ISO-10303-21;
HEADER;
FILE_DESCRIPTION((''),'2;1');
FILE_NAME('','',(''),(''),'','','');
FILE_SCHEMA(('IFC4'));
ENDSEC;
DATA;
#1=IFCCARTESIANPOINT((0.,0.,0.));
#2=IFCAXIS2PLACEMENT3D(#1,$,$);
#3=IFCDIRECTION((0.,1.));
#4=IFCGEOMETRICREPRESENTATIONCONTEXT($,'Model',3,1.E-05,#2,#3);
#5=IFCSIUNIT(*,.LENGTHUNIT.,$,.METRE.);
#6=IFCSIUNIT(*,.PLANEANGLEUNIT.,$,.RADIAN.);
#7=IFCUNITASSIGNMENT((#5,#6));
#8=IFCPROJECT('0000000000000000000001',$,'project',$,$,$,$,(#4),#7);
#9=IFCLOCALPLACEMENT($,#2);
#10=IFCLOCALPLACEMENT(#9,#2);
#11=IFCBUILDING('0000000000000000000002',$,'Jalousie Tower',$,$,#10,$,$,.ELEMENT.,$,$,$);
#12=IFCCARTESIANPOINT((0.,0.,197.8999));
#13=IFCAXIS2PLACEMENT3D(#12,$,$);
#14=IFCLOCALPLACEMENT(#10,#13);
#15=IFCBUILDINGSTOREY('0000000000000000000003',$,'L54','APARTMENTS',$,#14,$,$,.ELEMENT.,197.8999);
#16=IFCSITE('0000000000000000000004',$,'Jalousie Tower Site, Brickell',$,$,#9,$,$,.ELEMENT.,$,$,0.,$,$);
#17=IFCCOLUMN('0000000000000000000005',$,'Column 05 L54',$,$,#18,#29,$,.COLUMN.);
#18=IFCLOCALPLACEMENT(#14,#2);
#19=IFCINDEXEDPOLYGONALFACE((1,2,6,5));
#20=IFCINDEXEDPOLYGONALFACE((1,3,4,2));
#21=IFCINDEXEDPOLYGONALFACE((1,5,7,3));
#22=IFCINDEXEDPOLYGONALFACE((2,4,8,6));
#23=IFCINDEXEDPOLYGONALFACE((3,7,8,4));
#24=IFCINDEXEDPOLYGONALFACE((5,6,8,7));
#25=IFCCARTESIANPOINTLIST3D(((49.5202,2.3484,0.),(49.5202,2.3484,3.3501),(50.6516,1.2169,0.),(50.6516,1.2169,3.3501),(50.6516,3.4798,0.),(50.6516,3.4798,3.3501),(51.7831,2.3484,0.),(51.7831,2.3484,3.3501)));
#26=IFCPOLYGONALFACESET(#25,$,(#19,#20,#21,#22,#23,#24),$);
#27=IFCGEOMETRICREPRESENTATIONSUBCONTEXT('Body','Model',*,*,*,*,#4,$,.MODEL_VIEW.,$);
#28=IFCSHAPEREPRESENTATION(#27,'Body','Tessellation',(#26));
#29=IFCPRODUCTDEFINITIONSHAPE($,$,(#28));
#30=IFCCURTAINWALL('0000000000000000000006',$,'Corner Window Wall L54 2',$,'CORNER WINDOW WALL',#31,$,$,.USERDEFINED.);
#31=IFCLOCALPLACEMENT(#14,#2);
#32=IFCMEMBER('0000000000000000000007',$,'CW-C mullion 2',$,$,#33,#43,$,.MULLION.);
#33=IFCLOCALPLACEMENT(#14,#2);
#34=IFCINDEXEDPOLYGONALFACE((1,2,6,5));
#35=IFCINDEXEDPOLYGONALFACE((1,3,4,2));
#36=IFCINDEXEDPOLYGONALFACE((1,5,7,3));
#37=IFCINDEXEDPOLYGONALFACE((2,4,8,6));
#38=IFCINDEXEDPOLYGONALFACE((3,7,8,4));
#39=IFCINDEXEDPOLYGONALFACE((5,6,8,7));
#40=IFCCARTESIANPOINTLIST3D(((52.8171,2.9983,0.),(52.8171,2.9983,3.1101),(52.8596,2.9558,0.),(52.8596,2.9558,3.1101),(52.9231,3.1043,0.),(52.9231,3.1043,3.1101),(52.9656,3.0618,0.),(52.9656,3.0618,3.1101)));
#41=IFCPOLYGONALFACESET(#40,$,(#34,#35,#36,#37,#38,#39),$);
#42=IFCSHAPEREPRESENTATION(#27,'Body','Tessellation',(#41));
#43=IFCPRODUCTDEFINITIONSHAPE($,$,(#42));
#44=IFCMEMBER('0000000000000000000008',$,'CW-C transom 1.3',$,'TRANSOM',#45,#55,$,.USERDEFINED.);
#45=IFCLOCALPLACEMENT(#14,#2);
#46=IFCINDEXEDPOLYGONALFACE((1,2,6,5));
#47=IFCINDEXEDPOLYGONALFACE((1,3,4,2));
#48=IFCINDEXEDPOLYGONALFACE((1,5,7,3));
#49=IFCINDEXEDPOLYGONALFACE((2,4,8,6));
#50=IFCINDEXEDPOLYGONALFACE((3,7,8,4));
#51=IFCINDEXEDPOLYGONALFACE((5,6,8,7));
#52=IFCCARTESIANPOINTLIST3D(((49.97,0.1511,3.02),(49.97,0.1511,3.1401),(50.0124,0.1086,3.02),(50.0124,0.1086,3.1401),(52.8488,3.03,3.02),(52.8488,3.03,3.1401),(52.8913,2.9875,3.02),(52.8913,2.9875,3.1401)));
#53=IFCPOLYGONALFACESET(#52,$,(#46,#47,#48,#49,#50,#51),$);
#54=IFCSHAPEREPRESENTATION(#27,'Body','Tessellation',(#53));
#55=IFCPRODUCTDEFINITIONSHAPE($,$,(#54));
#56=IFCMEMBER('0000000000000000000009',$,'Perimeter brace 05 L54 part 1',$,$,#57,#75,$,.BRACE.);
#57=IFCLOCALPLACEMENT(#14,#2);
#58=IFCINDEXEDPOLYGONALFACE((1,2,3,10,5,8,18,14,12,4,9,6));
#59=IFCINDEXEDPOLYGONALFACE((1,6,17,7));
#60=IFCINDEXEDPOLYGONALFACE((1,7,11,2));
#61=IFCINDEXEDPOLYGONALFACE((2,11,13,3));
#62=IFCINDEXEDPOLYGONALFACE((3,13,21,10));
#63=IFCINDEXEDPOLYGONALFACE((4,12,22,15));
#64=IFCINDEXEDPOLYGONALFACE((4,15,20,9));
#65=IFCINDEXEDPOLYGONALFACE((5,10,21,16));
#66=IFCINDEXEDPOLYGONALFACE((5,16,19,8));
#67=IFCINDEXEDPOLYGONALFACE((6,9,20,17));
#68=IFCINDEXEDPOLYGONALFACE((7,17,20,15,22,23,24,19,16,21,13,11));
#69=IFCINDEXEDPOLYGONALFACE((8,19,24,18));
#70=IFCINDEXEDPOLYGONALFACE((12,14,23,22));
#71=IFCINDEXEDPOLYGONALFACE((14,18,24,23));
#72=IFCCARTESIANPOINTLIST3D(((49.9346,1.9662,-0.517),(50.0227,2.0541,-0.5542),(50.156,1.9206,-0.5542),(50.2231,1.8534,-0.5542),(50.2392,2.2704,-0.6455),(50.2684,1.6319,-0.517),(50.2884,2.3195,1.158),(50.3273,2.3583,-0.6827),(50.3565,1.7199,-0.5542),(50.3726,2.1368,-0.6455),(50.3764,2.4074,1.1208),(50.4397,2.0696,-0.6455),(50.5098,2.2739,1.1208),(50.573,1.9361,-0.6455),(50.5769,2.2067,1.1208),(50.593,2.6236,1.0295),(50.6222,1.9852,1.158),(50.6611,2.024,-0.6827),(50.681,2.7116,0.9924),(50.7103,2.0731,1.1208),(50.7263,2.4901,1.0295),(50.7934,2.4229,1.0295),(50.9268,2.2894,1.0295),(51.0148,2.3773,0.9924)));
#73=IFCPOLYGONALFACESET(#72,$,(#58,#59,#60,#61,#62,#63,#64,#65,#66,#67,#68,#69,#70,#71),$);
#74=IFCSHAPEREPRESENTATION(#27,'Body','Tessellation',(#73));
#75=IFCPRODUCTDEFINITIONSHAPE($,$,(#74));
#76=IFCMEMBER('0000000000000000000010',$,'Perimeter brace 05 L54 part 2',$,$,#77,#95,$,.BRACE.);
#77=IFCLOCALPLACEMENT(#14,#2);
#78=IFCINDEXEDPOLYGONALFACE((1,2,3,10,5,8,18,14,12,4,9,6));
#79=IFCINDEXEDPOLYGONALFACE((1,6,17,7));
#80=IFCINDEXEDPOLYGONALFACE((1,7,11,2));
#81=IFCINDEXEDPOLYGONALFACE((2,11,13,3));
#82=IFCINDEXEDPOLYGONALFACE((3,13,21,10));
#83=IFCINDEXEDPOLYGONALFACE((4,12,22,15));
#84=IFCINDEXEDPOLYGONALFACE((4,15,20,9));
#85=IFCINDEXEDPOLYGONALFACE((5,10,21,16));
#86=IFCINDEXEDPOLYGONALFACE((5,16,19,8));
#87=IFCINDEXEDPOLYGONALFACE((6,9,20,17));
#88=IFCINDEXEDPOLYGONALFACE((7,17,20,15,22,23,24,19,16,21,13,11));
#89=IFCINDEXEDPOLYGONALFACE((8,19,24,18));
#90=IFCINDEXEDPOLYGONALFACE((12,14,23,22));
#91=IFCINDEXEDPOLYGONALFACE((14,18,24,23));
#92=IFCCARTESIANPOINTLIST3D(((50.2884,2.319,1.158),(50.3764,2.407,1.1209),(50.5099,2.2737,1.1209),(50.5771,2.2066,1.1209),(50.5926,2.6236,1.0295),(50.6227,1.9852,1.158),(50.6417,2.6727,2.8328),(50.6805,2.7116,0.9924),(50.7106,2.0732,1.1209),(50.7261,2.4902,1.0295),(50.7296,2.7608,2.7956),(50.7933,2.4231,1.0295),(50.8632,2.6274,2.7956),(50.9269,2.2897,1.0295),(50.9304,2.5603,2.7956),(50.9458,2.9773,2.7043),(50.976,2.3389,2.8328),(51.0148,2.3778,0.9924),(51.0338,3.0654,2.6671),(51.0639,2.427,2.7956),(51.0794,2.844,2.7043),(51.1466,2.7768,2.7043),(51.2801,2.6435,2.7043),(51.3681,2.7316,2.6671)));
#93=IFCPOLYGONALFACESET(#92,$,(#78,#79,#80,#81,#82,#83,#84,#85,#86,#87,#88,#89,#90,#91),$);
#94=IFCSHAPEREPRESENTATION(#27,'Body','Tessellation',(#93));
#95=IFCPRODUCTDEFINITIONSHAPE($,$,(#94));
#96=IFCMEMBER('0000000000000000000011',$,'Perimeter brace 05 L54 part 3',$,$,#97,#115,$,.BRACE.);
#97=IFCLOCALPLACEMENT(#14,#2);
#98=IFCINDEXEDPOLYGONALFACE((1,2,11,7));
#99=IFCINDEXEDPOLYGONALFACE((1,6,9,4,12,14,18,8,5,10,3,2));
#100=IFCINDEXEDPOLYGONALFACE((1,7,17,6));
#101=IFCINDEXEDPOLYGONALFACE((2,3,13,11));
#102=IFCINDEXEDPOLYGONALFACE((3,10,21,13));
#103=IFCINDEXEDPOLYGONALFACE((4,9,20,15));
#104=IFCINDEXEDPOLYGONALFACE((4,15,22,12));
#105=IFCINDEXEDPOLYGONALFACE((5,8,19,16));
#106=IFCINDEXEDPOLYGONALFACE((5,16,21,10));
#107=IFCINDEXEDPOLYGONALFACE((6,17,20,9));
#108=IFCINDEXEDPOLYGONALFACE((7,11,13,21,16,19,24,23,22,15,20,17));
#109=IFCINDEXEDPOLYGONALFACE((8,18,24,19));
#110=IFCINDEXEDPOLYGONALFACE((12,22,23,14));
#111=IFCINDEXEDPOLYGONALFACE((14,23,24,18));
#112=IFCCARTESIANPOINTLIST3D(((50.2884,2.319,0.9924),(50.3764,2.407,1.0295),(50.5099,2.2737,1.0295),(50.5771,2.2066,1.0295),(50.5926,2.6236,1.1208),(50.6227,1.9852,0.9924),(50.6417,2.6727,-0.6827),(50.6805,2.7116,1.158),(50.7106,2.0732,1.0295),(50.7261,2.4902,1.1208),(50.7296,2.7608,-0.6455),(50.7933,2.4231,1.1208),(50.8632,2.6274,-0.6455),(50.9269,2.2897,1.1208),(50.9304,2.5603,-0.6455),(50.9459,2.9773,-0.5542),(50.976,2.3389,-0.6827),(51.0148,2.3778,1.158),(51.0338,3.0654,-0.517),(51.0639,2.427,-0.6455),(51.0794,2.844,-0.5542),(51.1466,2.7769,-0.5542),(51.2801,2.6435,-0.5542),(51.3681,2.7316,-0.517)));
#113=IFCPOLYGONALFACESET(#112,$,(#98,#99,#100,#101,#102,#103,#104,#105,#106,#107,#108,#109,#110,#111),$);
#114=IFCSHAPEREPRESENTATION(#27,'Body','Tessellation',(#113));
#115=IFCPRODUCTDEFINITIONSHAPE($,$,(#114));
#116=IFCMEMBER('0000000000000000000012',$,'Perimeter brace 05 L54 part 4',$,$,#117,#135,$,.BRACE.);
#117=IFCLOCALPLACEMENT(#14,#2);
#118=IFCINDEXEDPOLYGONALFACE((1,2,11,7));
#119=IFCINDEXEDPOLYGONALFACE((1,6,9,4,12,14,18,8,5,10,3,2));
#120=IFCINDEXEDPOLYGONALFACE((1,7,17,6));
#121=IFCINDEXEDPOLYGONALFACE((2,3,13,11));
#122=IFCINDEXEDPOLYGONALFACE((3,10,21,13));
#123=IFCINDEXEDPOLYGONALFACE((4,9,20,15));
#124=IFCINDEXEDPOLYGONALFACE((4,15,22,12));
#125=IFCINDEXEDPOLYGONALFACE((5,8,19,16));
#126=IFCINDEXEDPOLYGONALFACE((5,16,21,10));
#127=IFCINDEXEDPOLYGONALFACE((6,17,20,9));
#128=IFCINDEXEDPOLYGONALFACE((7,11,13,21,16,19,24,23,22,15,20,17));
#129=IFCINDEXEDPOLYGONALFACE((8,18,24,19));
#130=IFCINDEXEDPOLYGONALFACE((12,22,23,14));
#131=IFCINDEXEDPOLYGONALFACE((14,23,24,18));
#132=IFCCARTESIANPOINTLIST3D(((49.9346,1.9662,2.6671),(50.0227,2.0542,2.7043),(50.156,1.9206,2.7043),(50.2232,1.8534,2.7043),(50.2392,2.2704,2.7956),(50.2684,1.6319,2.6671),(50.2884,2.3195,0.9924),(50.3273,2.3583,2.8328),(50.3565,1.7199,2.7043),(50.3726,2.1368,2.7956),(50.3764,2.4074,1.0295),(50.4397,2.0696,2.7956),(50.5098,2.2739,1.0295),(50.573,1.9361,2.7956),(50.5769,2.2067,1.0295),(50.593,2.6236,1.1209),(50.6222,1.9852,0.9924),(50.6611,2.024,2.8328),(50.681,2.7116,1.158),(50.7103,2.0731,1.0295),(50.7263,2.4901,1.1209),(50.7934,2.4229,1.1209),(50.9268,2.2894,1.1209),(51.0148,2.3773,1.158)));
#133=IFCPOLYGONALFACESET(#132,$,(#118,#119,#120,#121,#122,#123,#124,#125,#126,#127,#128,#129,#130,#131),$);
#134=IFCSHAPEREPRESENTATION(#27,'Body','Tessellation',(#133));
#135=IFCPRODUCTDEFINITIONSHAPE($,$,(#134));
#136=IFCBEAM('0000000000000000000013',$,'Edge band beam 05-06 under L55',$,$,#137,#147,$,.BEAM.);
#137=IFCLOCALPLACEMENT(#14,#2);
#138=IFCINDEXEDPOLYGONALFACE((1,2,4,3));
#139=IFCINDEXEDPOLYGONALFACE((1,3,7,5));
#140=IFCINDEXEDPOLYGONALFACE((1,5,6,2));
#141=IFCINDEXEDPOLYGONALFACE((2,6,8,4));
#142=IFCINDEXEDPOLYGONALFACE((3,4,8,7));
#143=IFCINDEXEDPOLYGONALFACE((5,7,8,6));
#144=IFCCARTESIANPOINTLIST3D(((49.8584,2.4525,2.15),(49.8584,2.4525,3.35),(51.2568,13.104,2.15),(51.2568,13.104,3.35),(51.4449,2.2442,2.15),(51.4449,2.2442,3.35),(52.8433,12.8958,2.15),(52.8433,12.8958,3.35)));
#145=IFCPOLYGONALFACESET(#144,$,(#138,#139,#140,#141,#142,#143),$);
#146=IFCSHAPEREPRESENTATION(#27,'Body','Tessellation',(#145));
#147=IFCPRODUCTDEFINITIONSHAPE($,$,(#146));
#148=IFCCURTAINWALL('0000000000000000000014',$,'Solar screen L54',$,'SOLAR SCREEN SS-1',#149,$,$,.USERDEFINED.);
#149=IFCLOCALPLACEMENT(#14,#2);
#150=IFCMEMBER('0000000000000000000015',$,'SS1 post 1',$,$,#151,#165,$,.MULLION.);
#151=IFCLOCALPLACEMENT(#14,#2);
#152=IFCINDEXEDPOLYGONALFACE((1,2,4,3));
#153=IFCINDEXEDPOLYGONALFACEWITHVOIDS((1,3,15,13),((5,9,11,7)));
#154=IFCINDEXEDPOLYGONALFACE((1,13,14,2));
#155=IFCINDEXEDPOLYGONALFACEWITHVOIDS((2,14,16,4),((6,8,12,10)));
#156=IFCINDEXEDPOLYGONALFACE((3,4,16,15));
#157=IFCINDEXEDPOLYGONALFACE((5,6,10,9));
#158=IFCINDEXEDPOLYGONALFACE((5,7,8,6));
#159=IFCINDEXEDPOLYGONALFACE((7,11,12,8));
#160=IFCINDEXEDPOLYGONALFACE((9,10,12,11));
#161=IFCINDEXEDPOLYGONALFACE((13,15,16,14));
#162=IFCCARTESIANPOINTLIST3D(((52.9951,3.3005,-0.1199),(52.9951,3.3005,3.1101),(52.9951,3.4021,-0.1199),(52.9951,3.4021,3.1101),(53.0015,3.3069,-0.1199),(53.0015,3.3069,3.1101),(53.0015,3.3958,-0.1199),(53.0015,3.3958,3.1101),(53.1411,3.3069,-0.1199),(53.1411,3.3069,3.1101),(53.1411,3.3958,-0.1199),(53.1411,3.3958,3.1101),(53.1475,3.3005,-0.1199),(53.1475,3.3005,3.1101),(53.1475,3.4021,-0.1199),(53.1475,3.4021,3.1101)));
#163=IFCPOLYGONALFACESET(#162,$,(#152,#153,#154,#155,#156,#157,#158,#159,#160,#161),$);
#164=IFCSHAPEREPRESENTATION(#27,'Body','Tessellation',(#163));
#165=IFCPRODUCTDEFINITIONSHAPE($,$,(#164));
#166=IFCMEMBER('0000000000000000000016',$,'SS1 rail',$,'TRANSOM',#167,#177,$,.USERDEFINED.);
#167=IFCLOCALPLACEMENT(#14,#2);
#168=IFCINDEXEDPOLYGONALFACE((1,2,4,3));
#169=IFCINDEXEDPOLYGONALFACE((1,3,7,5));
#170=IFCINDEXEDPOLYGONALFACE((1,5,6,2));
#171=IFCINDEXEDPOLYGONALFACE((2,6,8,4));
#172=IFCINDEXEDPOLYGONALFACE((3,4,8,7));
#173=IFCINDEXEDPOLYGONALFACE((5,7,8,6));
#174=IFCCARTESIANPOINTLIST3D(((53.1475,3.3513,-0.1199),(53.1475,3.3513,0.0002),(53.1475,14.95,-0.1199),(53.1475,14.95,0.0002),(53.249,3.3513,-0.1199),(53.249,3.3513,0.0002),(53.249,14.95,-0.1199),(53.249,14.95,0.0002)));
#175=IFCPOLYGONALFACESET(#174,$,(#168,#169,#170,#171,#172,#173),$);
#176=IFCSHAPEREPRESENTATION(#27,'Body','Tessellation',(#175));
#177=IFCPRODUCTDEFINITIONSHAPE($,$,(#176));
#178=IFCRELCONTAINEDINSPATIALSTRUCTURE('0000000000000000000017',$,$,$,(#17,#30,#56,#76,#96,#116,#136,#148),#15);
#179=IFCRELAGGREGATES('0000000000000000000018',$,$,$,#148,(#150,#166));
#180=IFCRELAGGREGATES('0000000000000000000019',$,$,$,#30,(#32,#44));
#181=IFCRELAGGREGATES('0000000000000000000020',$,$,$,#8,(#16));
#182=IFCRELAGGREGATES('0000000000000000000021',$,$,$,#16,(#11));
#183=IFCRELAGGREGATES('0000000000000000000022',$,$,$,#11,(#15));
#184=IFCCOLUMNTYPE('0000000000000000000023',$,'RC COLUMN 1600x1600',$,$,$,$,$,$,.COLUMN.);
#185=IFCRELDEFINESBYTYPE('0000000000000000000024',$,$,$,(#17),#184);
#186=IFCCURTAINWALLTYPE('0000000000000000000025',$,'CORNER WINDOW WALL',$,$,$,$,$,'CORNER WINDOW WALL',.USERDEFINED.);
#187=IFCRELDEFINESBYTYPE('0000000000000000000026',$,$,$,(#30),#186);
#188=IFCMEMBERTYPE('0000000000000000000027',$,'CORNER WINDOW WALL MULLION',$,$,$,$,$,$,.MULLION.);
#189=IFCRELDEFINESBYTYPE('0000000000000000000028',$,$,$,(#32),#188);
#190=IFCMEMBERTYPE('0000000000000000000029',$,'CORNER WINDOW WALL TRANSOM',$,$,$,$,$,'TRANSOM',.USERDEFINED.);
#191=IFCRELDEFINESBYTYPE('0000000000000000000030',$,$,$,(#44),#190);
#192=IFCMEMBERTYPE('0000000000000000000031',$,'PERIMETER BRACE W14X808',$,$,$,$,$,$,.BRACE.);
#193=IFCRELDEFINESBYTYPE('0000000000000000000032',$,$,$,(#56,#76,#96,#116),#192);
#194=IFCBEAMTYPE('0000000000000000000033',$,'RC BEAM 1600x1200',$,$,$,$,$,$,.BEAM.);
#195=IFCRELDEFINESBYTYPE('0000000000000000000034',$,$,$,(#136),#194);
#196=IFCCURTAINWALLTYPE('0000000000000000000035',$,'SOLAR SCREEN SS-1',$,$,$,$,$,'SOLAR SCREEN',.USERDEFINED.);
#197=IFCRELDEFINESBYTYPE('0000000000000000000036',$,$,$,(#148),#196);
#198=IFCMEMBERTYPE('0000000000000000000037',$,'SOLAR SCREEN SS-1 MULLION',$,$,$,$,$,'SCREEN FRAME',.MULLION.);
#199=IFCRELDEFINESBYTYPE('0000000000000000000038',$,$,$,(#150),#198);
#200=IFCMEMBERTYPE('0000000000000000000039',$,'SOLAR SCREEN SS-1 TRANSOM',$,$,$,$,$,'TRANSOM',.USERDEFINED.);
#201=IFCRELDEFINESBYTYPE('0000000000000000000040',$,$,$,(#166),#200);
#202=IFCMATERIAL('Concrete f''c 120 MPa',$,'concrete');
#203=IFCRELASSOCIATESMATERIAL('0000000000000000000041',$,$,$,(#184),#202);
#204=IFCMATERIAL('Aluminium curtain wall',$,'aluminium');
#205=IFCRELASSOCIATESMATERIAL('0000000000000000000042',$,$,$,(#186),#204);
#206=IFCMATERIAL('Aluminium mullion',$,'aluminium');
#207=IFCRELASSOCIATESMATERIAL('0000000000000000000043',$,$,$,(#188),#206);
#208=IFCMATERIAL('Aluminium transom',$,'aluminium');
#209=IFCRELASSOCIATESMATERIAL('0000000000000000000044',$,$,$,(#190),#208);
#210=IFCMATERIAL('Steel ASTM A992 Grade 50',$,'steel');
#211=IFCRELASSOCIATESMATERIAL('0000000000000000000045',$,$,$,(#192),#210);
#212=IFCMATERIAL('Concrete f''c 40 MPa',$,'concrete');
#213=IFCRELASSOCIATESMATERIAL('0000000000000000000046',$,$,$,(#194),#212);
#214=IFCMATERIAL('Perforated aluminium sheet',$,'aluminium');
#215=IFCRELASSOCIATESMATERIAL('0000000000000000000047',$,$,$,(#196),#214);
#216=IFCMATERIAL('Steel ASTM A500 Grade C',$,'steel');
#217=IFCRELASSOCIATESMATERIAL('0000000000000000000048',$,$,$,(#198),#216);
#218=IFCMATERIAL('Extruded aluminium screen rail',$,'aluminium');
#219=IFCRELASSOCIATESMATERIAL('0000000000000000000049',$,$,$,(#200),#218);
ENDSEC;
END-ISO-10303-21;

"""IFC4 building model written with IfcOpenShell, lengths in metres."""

from ifc_helpers import new_model, si_unit, direction, frame, origin, origin_2d, place, context, subcontext, project, spatial, rectangle, hollow_rectangle, i_section, extrude, material, material_profile, profile_set, type_object, element, aggregate, save


model = new_model("IFC4")

# Units and contexts
model_context = context("Model", 3, precision=1e-05, world=origin(), true_north=direction((0.0, 1.0)))
body_context = subcontext(model_context, "Body", "Model", "MODEL_VIEW")
ifc_project = project(units=[si_unit("LENGTHUNIT", "METRE"), si_unit("PLANEANGLEUNIT", "RADIAN")], contexts=[model_context])

# Site, building, storey
site_placement = place(None, origin())
site = spatial("IfcSite", under=ifc_project, at=site_placement, Name="Jalousie Tower Site, Brickell", CompositionType="ELEMENT", RefElevation=0.0)
building_placement = place(site_placement, origin())
building = spatial("IfcBuilding", under=site, at=building_placement, Name="Jalousie Tower", CompositionType="ELEMENT")
storey_placement = place(building_placement, frame((0.0, 0.0, 197.8999)))
storey = spatial("IfcBuildingStorey", under=building, at=storey_placement, Name="L54", Description="APARTMENTS", CompositionType="ELEMENT", Elevation=197.8999)

# Column
ifc_material_1 = material(Name="Concrete f'c 120 MPa", Category="concrete")
ifc_material_profile_1 = material_profile(ifc_material_1, rectangle(XDim=1.6001, YDim=1.6001, at=origin_2d()), Name="RC 1600x1600")
ifc_profile_set_1 = profile_set([ifc_material_profile_1], Name="Concrete f'c 120 MPa")
column_type = type_object("IfcColumnType", Name="RC COLUMN 1600x1600", PredefinedType="COLUMN", material=ifc_profile_set_1)
column_placement = place(storey_placement, frame((50.6516, 2.3484, 0.0), z_axis=(0.0, 0.0, 1.0), x_axis=(0.707107, 0.707107, 0.0)))
element("IfcColumn", 1, at=column_placement, inside=storey, type_object=column_type, Name="Column 05 L54", PredefinedType="COLUMN", context=body_context, shape_type="SweptSolid", body=[
    extrude(rectangle(XDim=1.6001, YDim=1.6001, at=origin_2d()), origin(), (0.0, 0.0, 1.0), 3.3501),
])

# Curtain wall, members
ifc_material_2 = material(Name="Aluminium curtain wall", Category="aluminium")
curtain_wall_type_1 = type_object("IfcCurtainWallType", Name="CORNER WINDOW WALL", ElementType="CORNER WINDOW WALL", PredefinedType="USERDEFINED", material=ifc_material_2)
curtain_wall_1_placement = place(storey_placement, origin())
curtain_wall_1 = element("IfcCurtainWall", 2, at=curtain_wall_1_placement, inside=storey, type_object=curtain_wall_type_1, Name="Corner Window Wall L54 2", ObjectType="CORNER WINDOW WALL", PredefinedType="USERDEFINED")
ifc_material_3 = material(Name="Aluminium mullion", Category="aluminium")
ifc_material_profile_2 = material_profile(ifc_material_3, rectangle(XDim=0.0601, YDim=0.1499, at=origin_2d()), Name="MULLION 60x150")
ifc_profile_set_2 = profile_set([ifc_material_profile_2], Name="Aluminium mullion")
member_type_1 = type_object("IfcMemberType", Name="CORNER WINDOW WALL MULLION", PredefinedType="MULLION", material=ifc_profile_set_2)
member_1_placement = place(storey_placement, frame((52.8914, 3.03, 0.0), z_axis=(0.0, 0.0, 1.0), x_axis=(-0.707107, 0.707107, 0.0)))
member_1 = element("IfcMember", 3, at=member_1_placement, type_object=member_type_1, Name="CW-C mullion 2", PredefinedType="MULLION", context=body_context, shape_type="SweptSolid", body=[
    extrude(rectangle(XDim=0.0601, YDim=0.1499, at=origin_2d()), origin(), (0.0, 0.0, 1.0), 3.1101),
])
ifc_material_4 = material(Name="Aluminium transom", Category="aluminium")
ifc_material_profile_3 = material_profile(ifc_material_4, rectangle(XDim=0.0601, YDim=0.1201, at=origin_2d()), Name="TRANSOM 60x120")
ifc_profile_set_3 = profile_set([ifc_material_profile_3], Name="Aluminium transom")
member_type_2 = type_object("IfcMemberType", Name="CORNER WINDOW WALL TRANSOM", ElementType="TRANSOM", PredefinedType="USERDEFINED", material=ifc_profile_set_3)
member_2_placement = place(storey_placement, frame((49.9912, 0.1299, 3.0801), z_axis=(0.707107, 0.707107, 0.0), x_axis=(-0.707107, 0.707107, 0.0)))
member_2 = element("IfcMember", 4, at=member_2_placement, type_object=member_type_2, Name="CW-C transom 1.3", ObjectType="TRANSOM", PredefinedType="USERDEFINED", context=body_context, shape_type="SweptSolid", body=[
    extrude(rectangle(XDim=0.0601, YDim=0.1201, at=origin_2d()), origin(), (0.0, 0.0, 1.0), 4.0713),
])

# Members
ifc_material_5 = material(Name="Steel ASTM A992 Grade 50", Category="steel")
ifc_material_profile_4 = material_profile(ifc_material_5, i_section(OverallWidth=0.4724, OverallDepth=0.5791, WebThickness=0.095, FlangeThickness=0.1299, at=origin_2d()), Name="W14X808")
ifc_profile_set_4 = profile_set([ifc_material_profile_4], Name="Steel ASTM A992 Grade 50")
member_type_3 = type_object("IfcMemberType", Name="PERIMETER BRACE W14X808", PredefinedType="BRACE", material=ifc_profile_set_4)
member_3_placement = place(storey_placement, frame((50.2979, 1.9951, -0.5999), z_axis=(0.202372, 0.202093, 0.95823), x_axis=(-0.706618, 0.707595, 0.0)))
element("IfcMember", 5, at=member_3_placement, inside=storey, type_object=member_type_3, Name="Perimeter brace 05 L54 part 1", PredefinedType="BRACE", context=body_context, shape_type="SweptSolid", body=[
    extrude(i_section(OverallWidth=0.4724, OverallDepth=0.5791, WebThickness=0.095, FlangeThickness=0.1299, at=origin_2d()), origin(), (0.0, 0.0, 1.0), 1.748),
])
member_4_placement = place(storey_placement, frame((50.6516, 2.3484, 1.0752), z_axis=(0.20212, 0.202399, 0.958218), x_axis=(-0.707595, 0.706618, 0.0)))
element("IfcMember", 6, at=member_4_placement, inside=storey, type_object=member_type_3, Name="Perimeter brace 05 L54 part 2", PredefinedType="BRACE", context=body_context, shape_type="SweptSolid", body=[
    extrude(i_section(OverallWidth=0.4724, OverallDepth=0.5791, WebThickness=0.095, FlangeThickness=0.1299, at=origin_2d()), origin(), (0.0, 0.0, 1.0), 1.7478),
])
member_5_placement = place(storey_placement, frame((51.0049, 2.7021, -0.5999), z_axis=(-0.202093, -0.202372, 0.95823), x_axis=(0.707595, -0.706618, 0.0)))
element("IfcMember", 7, at=member_5_placement, inside=storey, type_object=member_type_3, Name="Perimeter brace 05 L54 part 3", PredefinedType="BRACE", context=body_context, shape_type="SweptSolid", body=[
    extrude(i_section(OverallWidth=0.4724, OverallDepth=0.5791, WebThickness=0.095, FlangeThickness=0.1299, at=origin_2d()), origin(), (0.0, 0.0, 1.0), 1.748),
])
member_6_placement = place(storey_placement, frame((50.6516, 2.3484, 1.0752), z_axis=(-0.202399, -0.20212, 0.958218), x_axis=(0.706618, -0.707595, 0.0)))
element("IfcMember", 8, at=member_6_placement, inside=storey, type_object=member_type_3, Name="Perimeter brace 05 L54 part 4", PredefinedType="BRACE", context=body_context, shape_type="SweptSolid", body=[
    extrude(i_section(OverallWidth=0.4724, OverallDepth=0.5791, WebThickness=0.095, FlangeThickness=0.1299, at=origin_2d()), origin(), (0.0, 0.0, 1.0), 1.7478),
])

# Beam
ifc_material_6 = material(Name="Concrete f'c 40 MPa", Category="concrete")
ifc_material_profile_5 = material_profile(ifc_material_6, rectangle(XDim=1.6001, YDim=1.2, at=origin_2d()), Name="RC 1600x1200")
ifc_profile_set_5 = profile_set([ifc_material_profile_5], Name="Concrete f'c 40 MPa")
beam_type = type_object("IfcBeamType", Name="RC BEAM 1600x1200", PredefinedType="BEAM", material=ifc_profile_set_5)
beam_placement = place(storey_placement, frame((50.6516, 2.3484, 2.75), z_axis=(0.130172, 0.991491, 0.0), x_axis=(-0.991491, 0.130172, 0.0)))
element("IfcBeam", 9, at=beam_placement, inside=storey, type_object=beam_type, Name="Edge band beam 05-06 under L55", PredefinedType="BEAM", context=body_context, shape_type="SweptSolid", body=[
    extrude(rectangle(XDim=1.6001, YDim=1.2, at=origin_2d()), origin(), (0.0, 0.0, 1.0), 10.7429),
])

# Curtain wall, members
ifc_material_7 = material(Name="Perforated aluminium sheet", Category="aluminium")
curtain_wall_type_2 = type_object("IfcCurtainWallType", Name="SOLAR SCREEN SS-1", ElementType="SOLAR SCREEN", PredefinedType="USERDEFINED", material=ifc_material_7)
curtain_wall_2_placement = place(storey_placement, origin())
curtain_wall_2 = element("IfcCurtainWall", 10, at=curtain_wall_2_placement, inside=storey, type_object=curtain_wall_type_2, Name="Solar screen L54", ObjectType="SOLAR SCREEN SS-1", PredefinedType="USERDEFINED")
ifc_material_8 = material(Name="Steel ASTM A500 Grade C", Category="steel")
ifc_material_profile_6 = material_profile(ifc_material_8, hollow_rectangle(XDim=0.1016, YDim=0.1523, WallThickness=0.0063, at=origin_2d()), Name="HSS6X4X1/4")
ifc_profile_set_6 = profile_set([ifc_material_profile_6], Name="Steel ASTM A500 Grade C")
member_type_4 = type_object("IfcMemberType", Name="SOLAR SCREEN SS-1 MULLION", ElementType="SCREEN FRAME", PredefinedType="MULLION", material=ifc_profile_set_6)
member_7_placement = place(storey_placement, frame((53.0713, 3.3513, -0.1199), z_axis=(0.0, 0.0, 1.0), x_axis=(0.0, 1.0, 0.0)))
member_7 = element("IfcMember", 11, at=member_7_placement, type_object=member_type_4, Name="SS1 post 1", PredefinedType="MULLION", context=body_context, shape_type="SweptSolid", body=[
    extrude(hollow_rectangle(XDim=0.1016, YDim=0.1523, WallThickness=0.0063, at=origin_2d()), origin(), (0.0, 0.0, 1.0), 3.23),
])
ifc_material_9 = material(Name="Extruded aluminium screen rail", Category="aluminium")
ifc_material_profile_7 = material_profile(ifc_material_9, rectangle(XDim=0.1016, YDim=0.1201, at=origin_2d()), Name="RAIL 102x120")
ifc_profile_set_7 = profile_set([ifc_material_profile_7], Name="Extruded aluminium screen rail")
member_type_5 = type_object("IfcMemberType", Name="SOLAR SCREEN SS-1 TRANSOM", ElementType="TRANSOM", PredefinedType="USERDEFINED", material=ifc_profile_set_7)
member_8_placement = place(storey_placement, frame((53.1982, 3.3513, -0.0598), z_axis=(0.0, 1.0, 0.0), x_axis=(-1.0, 0.0, 0.0)))
member_8 = element("IfcMember", 12, at=member_8_placement, type_object=member_type_5, Name="SS1 rail", ObjectType="TRANSOM", PredefinedType="USERDEFINED", context=body_context, shape_type="SweptSolid", body=[
    extrude(rectangle(XDim=0.1016, YDim=0.1201, at=origin_2d()), origin(), (0.0, 0.0, 1.0), 11.5986),
])
aggregate(curtain_wall_2, [member_7, member_8])

aggregate(curtain_wall_1, [member_1, member_2])

save(model, "model.ifc")
